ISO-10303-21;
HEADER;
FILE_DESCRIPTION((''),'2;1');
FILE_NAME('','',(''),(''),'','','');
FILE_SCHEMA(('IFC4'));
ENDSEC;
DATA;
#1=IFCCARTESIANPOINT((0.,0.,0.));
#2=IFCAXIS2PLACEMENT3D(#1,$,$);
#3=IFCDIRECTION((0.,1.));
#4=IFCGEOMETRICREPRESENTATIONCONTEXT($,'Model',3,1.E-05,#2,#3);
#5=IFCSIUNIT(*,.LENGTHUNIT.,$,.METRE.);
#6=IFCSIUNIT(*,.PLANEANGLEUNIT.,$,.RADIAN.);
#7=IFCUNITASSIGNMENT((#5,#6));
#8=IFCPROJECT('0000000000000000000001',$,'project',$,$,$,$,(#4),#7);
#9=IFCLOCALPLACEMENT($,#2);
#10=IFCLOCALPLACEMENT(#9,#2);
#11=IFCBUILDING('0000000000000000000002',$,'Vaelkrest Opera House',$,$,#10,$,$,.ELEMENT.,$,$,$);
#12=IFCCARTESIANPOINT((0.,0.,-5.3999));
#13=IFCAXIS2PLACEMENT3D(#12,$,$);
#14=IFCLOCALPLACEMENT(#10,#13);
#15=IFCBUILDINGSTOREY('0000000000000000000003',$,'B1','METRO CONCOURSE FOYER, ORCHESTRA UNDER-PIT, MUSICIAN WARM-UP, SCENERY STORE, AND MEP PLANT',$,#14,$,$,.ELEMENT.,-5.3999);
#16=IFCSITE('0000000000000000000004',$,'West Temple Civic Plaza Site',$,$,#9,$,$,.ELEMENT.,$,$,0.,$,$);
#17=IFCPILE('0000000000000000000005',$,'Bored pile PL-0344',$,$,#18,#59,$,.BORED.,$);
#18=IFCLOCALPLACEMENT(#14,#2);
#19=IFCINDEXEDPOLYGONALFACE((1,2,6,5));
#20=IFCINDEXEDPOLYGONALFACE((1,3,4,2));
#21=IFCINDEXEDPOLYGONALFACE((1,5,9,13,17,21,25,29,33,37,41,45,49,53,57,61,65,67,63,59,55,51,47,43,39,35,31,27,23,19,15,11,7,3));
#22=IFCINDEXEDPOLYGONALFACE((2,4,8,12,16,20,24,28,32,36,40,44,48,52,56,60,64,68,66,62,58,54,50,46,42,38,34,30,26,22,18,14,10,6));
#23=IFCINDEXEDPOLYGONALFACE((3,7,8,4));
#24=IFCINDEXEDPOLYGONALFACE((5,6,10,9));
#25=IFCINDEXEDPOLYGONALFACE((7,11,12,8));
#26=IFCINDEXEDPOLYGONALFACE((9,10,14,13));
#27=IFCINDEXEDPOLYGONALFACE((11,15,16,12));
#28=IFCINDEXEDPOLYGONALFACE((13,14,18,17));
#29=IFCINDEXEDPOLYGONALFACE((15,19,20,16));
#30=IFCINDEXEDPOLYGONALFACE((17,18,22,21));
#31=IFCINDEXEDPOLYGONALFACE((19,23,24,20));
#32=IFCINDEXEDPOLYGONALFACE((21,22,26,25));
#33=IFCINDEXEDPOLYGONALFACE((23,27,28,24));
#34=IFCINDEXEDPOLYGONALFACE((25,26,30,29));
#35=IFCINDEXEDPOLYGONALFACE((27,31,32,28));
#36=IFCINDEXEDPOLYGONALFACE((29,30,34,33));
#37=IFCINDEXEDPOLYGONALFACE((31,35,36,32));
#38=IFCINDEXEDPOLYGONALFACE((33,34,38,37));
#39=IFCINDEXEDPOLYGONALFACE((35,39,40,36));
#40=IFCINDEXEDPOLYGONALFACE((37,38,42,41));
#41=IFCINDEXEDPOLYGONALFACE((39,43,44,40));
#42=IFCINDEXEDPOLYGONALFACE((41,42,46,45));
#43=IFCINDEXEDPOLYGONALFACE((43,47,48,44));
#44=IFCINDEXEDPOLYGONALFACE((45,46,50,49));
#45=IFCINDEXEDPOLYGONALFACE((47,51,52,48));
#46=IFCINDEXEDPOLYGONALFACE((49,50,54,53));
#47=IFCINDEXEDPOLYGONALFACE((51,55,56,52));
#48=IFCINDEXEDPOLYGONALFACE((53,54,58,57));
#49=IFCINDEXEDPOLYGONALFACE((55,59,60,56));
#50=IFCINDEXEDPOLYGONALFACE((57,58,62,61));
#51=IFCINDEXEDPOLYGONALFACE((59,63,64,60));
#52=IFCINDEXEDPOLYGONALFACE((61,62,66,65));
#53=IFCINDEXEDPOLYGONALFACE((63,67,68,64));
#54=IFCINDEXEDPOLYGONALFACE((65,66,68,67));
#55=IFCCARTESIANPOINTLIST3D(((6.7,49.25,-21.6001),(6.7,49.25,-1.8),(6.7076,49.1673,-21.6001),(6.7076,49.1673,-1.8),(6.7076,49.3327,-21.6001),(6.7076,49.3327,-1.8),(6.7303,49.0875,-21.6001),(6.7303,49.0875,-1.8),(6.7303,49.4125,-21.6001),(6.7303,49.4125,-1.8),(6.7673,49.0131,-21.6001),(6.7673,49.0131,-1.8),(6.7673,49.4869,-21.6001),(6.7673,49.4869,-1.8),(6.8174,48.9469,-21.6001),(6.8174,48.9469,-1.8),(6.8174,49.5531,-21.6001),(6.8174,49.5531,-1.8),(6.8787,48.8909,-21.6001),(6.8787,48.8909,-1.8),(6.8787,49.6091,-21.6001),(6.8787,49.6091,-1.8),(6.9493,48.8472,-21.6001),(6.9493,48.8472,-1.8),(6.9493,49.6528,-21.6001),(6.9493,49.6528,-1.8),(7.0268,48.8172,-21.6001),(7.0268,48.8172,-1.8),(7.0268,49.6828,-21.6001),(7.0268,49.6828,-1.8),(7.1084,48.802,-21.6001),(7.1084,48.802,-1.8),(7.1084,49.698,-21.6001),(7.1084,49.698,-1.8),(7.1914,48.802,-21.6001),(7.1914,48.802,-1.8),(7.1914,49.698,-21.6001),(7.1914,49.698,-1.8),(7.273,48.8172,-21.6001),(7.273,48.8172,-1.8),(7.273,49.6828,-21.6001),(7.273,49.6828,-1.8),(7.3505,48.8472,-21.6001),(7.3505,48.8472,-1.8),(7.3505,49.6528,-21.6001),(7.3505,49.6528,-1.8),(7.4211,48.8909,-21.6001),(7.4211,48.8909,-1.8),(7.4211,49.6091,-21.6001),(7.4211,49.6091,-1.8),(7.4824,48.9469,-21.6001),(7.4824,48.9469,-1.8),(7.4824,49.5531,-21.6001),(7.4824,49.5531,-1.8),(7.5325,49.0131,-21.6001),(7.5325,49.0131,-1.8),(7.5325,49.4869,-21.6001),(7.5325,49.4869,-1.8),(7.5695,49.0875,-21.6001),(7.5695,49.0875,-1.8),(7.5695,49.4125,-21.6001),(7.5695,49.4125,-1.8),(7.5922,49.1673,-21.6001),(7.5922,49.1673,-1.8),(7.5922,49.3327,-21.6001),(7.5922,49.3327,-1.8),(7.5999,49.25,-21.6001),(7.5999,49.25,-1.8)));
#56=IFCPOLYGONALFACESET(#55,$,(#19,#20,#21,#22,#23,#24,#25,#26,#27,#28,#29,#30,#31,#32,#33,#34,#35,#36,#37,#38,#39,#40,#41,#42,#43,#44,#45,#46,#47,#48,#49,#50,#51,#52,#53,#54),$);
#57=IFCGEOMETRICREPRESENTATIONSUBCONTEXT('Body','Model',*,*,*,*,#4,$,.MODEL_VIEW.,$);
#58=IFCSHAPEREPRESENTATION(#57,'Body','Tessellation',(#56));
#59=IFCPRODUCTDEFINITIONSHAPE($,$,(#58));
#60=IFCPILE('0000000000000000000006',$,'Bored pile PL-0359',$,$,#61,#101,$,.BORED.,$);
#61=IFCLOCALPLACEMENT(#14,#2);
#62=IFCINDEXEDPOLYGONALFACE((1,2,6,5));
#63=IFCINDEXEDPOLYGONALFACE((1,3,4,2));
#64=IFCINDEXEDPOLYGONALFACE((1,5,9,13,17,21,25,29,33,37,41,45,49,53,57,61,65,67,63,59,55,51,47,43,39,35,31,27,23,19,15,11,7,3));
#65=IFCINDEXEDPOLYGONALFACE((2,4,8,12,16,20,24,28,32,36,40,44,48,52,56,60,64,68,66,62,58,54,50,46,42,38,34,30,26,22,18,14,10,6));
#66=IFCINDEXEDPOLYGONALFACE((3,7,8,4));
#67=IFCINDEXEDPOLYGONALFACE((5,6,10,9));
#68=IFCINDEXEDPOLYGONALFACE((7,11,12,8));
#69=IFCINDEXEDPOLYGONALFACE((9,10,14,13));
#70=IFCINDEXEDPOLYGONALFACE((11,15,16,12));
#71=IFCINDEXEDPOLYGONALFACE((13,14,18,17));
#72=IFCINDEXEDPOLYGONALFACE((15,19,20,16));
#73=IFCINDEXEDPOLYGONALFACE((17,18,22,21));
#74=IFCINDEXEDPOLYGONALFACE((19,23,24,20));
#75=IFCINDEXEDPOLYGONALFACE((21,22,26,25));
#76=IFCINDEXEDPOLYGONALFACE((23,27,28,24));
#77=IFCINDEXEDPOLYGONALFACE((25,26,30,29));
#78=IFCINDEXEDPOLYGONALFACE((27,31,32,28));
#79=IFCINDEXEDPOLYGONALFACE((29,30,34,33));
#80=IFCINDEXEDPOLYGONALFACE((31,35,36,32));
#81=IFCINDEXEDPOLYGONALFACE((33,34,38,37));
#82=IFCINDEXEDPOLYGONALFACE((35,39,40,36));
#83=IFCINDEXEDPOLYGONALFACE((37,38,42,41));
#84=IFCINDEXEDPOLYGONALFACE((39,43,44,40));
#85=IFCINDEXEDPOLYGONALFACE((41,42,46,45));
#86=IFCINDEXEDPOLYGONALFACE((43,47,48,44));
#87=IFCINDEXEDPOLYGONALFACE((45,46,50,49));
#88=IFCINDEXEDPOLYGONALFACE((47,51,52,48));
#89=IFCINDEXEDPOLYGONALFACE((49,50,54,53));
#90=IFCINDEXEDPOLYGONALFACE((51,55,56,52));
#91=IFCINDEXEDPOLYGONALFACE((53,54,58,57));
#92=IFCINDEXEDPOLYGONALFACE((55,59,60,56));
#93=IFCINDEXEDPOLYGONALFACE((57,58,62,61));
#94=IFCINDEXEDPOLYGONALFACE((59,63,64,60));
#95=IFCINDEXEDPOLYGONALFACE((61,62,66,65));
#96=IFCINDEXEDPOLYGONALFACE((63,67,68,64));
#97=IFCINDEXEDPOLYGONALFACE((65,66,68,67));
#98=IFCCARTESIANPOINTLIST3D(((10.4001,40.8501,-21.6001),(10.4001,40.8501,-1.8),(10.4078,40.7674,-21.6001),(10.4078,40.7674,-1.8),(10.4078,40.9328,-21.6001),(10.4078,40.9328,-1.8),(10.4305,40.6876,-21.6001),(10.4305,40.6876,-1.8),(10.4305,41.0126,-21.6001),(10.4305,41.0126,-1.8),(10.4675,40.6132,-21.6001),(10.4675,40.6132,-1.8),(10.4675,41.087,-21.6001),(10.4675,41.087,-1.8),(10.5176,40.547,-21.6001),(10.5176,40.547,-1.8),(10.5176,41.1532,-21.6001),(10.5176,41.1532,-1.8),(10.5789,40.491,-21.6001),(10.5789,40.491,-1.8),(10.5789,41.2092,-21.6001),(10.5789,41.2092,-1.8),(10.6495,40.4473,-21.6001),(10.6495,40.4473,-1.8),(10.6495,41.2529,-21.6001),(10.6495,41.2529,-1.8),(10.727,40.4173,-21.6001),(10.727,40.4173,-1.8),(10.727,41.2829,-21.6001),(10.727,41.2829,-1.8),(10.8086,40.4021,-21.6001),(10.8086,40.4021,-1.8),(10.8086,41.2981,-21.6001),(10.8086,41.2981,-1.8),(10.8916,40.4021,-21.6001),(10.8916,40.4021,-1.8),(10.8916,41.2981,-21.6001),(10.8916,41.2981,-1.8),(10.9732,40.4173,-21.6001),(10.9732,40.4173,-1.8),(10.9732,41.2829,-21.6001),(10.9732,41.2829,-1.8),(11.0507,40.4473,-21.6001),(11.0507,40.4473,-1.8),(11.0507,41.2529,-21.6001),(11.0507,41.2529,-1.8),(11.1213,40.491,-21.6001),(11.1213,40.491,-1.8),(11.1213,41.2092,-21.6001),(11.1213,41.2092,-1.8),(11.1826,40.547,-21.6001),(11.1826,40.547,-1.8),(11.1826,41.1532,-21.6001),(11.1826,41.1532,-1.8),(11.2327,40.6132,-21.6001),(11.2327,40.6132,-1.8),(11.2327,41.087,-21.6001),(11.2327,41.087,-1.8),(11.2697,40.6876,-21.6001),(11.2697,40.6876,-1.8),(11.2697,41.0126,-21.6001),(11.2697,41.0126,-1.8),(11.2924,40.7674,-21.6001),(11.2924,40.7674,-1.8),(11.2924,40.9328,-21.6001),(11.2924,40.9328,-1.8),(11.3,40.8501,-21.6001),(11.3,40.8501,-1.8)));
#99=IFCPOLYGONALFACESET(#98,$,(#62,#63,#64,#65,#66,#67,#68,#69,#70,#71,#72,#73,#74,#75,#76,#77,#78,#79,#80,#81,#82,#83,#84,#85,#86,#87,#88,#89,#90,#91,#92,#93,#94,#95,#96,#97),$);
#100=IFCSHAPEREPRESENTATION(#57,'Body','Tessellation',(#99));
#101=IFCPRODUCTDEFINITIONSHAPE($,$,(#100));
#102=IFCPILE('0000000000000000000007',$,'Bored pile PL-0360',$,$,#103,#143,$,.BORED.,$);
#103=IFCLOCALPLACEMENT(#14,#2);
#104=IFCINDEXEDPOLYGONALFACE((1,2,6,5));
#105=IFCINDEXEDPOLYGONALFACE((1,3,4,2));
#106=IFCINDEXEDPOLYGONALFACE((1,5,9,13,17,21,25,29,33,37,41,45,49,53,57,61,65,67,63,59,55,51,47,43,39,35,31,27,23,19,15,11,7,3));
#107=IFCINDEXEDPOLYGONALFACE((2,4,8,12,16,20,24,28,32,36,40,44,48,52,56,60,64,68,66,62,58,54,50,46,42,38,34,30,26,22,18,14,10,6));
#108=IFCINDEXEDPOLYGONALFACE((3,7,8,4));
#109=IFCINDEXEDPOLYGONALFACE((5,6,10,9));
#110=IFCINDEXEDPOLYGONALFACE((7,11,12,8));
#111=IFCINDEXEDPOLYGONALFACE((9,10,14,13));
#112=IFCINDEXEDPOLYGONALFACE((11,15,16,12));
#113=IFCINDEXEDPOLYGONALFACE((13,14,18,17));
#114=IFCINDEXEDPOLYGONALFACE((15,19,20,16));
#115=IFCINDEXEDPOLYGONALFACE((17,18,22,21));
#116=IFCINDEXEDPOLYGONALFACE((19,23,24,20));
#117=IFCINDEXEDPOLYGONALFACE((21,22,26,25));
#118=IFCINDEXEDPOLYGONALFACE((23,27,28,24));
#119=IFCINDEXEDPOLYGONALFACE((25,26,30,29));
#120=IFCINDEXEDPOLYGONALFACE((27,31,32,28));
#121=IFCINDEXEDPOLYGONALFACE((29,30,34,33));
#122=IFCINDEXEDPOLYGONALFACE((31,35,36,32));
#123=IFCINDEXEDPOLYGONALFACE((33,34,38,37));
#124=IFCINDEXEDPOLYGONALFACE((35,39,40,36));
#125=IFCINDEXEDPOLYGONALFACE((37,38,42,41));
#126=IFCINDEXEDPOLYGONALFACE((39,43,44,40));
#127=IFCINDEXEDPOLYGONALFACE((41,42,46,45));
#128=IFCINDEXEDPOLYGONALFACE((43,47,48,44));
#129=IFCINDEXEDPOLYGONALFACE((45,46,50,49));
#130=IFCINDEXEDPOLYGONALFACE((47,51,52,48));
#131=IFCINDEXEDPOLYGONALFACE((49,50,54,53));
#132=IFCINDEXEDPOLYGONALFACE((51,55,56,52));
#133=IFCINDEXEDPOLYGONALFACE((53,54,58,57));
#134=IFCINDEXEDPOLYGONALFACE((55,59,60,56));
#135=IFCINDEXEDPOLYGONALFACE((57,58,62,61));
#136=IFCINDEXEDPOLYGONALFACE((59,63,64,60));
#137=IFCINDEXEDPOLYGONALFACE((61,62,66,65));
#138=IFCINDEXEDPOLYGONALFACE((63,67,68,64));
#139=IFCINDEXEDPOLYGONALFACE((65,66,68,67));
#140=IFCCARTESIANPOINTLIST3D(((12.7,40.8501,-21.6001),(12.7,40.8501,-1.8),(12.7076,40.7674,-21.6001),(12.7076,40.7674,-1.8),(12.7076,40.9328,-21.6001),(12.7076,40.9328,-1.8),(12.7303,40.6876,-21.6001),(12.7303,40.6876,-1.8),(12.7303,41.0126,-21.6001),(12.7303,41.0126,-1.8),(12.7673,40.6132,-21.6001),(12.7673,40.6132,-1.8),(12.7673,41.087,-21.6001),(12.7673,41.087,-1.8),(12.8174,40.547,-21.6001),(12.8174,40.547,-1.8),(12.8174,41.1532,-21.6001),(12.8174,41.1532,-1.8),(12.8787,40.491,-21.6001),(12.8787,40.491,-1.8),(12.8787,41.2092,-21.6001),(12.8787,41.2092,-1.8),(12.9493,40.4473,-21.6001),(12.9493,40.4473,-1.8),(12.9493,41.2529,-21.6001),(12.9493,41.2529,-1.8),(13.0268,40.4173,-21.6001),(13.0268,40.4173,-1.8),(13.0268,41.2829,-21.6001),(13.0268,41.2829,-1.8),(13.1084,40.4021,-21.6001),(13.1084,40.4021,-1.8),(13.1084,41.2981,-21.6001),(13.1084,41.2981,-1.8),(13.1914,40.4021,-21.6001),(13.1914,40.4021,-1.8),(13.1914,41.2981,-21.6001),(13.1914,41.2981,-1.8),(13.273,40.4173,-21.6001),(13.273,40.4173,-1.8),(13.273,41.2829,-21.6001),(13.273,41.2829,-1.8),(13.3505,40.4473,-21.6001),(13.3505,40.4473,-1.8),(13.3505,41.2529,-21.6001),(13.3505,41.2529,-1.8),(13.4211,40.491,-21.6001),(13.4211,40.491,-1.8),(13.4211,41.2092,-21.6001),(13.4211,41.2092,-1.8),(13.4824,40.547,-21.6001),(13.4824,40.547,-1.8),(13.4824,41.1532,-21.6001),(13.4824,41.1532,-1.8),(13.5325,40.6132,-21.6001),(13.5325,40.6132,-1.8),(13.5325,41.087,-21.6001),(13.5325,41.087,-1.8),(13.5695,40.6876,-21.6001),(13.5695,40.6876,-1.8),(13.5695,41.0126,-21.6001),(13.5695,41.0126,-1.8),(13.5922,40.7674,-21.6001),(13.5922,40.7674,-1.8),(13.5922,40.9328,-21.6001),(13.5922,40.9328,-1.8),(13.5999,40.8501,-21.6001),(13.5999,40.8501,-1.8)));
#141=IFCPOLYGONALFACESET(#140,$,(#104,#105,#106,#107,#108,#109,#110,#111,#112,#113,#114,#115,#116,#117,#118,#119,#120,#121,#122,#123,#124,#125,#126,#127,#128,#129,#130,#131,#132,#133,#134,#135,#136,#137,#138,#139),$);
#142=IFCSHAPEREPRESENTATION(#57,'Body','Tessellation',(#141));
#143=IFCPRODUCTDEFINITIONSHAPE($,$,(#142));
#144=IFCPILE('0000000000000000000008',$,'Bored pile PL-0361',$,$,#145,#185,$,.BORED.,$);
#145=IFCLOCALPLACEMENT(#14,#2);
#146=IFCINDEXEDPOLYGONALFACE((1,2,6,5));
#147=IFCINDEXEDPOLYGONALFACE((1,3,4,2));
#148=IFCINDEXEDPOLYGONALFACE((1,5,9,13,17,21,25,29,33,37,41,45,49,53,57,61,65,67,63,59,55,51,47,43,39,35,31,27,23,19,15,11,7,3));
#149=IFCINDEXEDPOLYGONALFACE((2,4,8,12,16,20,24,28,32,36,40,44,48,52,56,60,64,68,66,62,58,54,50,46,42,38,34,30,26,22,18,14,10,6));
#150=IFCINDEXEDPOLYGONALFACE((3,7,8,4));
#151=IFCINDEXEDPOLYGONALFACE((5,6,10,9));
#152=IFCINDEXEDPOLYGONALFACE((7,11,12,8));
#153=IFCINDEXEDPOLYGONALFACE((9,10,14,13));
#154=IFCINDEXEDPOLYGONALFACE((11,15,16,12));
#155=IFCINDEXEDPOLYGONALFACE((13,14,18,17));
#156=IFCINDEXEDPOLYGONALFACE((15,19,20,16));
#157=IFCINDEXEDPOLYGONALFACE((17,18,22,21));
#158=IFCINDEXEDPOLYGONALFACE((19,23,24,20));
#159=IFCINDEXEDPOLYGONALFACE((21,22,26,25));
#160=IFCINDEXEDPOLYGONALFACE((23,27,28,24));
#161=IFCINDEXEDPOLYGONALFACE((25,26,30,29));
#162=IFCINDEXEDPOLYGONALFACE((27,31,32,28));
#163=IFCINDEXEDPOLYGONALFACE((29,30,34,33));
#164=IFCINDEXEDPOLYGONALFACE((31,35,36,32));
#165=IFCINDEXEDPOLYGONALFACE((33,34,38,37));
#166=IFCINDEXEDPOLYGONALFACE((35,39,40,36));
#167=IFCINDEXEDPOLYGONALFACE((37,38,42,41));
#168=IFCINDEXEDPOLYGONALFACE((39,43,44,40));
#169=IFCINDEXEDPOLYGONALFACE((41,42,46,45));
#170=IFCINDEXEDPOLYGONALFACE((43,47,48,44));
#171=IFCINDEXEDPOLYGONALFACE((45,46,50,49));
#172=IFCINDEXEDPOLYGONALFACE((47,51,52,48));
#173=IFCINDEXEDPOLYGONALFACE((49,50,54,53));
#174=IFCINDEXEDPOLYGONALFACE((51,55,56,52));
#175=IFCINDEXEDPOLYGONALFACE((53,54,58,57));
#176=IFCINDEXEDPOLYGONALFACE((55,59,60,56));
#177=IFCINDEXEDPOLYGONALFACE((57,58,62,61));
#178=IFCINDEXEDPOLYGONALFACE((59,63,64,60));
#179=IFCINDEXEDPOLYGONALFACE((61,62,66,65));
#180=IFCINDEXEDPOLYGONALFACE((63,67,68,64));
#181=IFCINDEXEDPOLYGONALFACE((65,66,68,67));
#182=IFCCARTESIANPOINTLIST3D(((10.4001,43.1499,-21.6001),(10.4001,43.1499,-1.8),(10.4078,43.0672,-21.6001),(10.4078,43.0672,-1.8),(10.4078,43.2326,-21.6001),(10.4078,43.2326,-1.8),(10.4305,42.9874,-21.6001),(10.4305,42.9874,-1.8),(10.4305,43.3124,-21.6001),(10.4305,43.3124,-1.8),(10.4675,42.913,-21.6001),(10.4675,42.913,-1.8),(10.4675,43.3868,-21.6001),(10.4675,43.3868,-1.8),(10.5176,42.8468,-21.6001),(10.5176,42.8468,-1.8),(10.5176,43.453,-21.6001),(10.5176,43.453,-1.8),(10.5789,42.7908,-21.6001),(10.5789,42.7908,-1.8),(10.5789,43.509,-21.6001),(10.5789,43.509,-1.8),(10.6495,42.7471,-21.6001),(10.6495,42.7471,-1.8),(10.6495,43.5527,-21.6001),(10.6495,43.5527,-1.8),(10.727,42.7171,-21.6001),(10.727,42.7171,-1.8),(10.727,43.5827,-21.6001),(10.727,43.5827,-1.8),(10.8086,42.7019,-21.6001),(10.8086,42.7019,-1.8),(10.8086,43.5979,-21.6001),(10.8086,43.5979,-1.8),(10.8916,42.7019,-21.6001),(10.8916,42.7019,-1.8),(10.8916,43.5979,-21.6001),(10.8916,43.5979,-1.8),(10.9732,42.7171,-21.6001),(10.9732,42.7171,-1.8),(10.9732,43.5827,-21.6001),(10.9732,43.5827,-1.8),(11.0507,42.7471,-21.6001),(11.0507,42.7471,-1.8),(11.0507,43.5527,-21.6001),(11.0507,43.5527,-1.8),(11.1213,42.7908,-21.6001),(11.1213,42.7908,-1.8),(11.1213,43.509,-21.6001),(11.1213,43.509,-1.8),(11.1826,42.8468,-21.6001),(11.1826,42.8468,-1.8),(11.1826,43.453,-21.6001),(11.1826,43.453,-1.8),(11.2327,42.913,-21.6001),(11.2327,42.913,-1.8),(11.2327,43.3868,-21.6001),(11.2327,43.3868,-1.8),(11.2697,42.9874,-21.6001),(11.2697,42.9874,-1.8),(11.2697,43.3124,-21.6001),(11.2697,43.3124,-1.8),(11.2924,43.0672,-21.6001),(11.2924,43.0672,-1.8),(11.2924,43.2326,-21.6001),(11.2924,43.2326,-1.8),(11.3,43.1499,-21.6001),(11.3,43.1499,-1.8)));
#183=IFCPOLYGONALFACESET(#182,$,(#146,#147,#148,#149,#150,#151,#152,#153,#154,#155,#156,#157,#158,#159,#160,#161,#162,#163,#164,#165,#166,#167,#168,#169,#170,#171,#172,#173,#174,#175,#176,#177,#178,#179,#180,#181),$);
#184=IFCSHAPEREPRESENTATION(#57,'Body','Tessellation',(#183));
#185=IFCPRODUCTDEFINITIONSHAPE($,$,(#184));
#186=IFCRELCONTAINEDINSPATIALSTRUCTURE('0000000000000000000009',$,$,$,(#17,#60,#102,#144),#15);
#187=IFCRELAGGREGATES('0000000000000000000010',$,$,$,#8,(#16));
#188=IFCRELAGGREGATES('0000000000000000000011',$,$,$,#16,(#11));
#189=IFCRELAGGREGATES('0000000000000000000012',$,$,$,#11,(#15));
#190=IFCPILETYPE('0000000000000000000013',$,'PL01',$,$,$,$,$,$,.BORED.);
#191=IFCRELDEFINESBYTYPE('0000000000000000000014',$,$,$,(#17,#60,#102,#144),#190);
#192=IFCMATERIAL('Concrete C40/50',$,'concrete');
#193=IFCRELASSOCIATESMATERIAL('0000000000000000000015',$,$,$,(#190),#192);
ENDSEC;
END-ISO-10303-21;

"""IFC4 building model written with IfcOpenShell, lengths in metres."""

from ifc_helpers import new_model, si_unit, direction, frame, origin, origin_2d, place, context, subcontext, project, spatial, circle, extrude, material, material_profile, profile_set, type_object, element, save


model = new_model("IFC4")

# Units and contexts
model_context = context("Model", 3, precision=1e-05, world=origin(), true_north=direction((0.0, 1.0)))
body_context = subcontext(model_context, "Body", "Model", "MODEL_VIEW")
ifc_project = project(units=[si_unit("LENGTHUNIT", "METRE"), si_unit("PLANEANGLEUNIT", "RADIAN")], contexts=[model_context])

# Site, building, storey
site_placement = place(None, origin())
site = spatial("IfcSite", under=ifc_project, at=site_placement, Name="West Temple Civic Plaza Site", CompositionType="ELEMENT", RefElevation=0.0)
building_placement = place(site_placement, origin())
building = spatial("IfcBuilding", under=site, at=building_placement, Name="Vaelkrest Opera House", CompositionType="ELEMENT")
storey_placement = place(building_placement, frame((0.0, 0.0, -5.3999)))
storey = spatial("IfcBuildingStorey", under=building, at=storey_placement, Name="B1", Description="METRO CONCOURSE FOYER, ORCHESTRA UNDER-PIT, MUSICIAN WARM-UP, SCENERY STORE, AND MEP PLANT", CompositionType="ELEMENT", Elevation=-5.3999)

# Shared definitions
ifc_material_1 = material(Name="Concrete C40/50", Category="concrete")

# Piles
ifc_material_profile_1 = material_profile(ifc_material_1, circle(Radius=0.45, at=origin_2d()), Name="PILE900")
ifc_profile_set_1 = profile_set([ifc_material_profile_1], Name="Concrete C40/50")
pile_type_1 = type_object("IfcPileType", Name="PL01", PredefinedType="BORED", material=ifc_profile_set_1)
for number, where, z_axis, x_axis, name in (
    (1, (7.1499, 49.25, -1.8), (0.0, 0.0, -1.0), (1.0, 0.0, 0.0), "Bored pile PL-0344"),
    (2, (10.8501, 40.8501, -1.8), (0.0, 0.0, -1.0), (1.0, 0.0, 0.0), "Bored pile PL-0359"),
    (3, (13.1499, 40.8501, -1.8), (0.0, 0.0, -1.0), (1.0, 0.0, 0.0), "Bored pile PL-0360"),
    (4, (10.8501, 43.1499, -1.8), (0.0, 0.0, -1.0), (1.0, 0.0, 0.0), "Bored pile PL-0361"),
):
    element("IfcPile", number, at=place(storey_placement, frame(where, z_axis=z_axis, x_axis=x_axis)), inside=storey, type_object=pile_type_1, Name=name, PredefinedType="BORED", context=body_context, shape_type="SweptSolid", body=[
        extrude(circle(Radius=0.45, at=origin_2d()), origin(), (0.0, 0.0, 1.0), 19.8),
    ])

save(model, "model.ifc")
